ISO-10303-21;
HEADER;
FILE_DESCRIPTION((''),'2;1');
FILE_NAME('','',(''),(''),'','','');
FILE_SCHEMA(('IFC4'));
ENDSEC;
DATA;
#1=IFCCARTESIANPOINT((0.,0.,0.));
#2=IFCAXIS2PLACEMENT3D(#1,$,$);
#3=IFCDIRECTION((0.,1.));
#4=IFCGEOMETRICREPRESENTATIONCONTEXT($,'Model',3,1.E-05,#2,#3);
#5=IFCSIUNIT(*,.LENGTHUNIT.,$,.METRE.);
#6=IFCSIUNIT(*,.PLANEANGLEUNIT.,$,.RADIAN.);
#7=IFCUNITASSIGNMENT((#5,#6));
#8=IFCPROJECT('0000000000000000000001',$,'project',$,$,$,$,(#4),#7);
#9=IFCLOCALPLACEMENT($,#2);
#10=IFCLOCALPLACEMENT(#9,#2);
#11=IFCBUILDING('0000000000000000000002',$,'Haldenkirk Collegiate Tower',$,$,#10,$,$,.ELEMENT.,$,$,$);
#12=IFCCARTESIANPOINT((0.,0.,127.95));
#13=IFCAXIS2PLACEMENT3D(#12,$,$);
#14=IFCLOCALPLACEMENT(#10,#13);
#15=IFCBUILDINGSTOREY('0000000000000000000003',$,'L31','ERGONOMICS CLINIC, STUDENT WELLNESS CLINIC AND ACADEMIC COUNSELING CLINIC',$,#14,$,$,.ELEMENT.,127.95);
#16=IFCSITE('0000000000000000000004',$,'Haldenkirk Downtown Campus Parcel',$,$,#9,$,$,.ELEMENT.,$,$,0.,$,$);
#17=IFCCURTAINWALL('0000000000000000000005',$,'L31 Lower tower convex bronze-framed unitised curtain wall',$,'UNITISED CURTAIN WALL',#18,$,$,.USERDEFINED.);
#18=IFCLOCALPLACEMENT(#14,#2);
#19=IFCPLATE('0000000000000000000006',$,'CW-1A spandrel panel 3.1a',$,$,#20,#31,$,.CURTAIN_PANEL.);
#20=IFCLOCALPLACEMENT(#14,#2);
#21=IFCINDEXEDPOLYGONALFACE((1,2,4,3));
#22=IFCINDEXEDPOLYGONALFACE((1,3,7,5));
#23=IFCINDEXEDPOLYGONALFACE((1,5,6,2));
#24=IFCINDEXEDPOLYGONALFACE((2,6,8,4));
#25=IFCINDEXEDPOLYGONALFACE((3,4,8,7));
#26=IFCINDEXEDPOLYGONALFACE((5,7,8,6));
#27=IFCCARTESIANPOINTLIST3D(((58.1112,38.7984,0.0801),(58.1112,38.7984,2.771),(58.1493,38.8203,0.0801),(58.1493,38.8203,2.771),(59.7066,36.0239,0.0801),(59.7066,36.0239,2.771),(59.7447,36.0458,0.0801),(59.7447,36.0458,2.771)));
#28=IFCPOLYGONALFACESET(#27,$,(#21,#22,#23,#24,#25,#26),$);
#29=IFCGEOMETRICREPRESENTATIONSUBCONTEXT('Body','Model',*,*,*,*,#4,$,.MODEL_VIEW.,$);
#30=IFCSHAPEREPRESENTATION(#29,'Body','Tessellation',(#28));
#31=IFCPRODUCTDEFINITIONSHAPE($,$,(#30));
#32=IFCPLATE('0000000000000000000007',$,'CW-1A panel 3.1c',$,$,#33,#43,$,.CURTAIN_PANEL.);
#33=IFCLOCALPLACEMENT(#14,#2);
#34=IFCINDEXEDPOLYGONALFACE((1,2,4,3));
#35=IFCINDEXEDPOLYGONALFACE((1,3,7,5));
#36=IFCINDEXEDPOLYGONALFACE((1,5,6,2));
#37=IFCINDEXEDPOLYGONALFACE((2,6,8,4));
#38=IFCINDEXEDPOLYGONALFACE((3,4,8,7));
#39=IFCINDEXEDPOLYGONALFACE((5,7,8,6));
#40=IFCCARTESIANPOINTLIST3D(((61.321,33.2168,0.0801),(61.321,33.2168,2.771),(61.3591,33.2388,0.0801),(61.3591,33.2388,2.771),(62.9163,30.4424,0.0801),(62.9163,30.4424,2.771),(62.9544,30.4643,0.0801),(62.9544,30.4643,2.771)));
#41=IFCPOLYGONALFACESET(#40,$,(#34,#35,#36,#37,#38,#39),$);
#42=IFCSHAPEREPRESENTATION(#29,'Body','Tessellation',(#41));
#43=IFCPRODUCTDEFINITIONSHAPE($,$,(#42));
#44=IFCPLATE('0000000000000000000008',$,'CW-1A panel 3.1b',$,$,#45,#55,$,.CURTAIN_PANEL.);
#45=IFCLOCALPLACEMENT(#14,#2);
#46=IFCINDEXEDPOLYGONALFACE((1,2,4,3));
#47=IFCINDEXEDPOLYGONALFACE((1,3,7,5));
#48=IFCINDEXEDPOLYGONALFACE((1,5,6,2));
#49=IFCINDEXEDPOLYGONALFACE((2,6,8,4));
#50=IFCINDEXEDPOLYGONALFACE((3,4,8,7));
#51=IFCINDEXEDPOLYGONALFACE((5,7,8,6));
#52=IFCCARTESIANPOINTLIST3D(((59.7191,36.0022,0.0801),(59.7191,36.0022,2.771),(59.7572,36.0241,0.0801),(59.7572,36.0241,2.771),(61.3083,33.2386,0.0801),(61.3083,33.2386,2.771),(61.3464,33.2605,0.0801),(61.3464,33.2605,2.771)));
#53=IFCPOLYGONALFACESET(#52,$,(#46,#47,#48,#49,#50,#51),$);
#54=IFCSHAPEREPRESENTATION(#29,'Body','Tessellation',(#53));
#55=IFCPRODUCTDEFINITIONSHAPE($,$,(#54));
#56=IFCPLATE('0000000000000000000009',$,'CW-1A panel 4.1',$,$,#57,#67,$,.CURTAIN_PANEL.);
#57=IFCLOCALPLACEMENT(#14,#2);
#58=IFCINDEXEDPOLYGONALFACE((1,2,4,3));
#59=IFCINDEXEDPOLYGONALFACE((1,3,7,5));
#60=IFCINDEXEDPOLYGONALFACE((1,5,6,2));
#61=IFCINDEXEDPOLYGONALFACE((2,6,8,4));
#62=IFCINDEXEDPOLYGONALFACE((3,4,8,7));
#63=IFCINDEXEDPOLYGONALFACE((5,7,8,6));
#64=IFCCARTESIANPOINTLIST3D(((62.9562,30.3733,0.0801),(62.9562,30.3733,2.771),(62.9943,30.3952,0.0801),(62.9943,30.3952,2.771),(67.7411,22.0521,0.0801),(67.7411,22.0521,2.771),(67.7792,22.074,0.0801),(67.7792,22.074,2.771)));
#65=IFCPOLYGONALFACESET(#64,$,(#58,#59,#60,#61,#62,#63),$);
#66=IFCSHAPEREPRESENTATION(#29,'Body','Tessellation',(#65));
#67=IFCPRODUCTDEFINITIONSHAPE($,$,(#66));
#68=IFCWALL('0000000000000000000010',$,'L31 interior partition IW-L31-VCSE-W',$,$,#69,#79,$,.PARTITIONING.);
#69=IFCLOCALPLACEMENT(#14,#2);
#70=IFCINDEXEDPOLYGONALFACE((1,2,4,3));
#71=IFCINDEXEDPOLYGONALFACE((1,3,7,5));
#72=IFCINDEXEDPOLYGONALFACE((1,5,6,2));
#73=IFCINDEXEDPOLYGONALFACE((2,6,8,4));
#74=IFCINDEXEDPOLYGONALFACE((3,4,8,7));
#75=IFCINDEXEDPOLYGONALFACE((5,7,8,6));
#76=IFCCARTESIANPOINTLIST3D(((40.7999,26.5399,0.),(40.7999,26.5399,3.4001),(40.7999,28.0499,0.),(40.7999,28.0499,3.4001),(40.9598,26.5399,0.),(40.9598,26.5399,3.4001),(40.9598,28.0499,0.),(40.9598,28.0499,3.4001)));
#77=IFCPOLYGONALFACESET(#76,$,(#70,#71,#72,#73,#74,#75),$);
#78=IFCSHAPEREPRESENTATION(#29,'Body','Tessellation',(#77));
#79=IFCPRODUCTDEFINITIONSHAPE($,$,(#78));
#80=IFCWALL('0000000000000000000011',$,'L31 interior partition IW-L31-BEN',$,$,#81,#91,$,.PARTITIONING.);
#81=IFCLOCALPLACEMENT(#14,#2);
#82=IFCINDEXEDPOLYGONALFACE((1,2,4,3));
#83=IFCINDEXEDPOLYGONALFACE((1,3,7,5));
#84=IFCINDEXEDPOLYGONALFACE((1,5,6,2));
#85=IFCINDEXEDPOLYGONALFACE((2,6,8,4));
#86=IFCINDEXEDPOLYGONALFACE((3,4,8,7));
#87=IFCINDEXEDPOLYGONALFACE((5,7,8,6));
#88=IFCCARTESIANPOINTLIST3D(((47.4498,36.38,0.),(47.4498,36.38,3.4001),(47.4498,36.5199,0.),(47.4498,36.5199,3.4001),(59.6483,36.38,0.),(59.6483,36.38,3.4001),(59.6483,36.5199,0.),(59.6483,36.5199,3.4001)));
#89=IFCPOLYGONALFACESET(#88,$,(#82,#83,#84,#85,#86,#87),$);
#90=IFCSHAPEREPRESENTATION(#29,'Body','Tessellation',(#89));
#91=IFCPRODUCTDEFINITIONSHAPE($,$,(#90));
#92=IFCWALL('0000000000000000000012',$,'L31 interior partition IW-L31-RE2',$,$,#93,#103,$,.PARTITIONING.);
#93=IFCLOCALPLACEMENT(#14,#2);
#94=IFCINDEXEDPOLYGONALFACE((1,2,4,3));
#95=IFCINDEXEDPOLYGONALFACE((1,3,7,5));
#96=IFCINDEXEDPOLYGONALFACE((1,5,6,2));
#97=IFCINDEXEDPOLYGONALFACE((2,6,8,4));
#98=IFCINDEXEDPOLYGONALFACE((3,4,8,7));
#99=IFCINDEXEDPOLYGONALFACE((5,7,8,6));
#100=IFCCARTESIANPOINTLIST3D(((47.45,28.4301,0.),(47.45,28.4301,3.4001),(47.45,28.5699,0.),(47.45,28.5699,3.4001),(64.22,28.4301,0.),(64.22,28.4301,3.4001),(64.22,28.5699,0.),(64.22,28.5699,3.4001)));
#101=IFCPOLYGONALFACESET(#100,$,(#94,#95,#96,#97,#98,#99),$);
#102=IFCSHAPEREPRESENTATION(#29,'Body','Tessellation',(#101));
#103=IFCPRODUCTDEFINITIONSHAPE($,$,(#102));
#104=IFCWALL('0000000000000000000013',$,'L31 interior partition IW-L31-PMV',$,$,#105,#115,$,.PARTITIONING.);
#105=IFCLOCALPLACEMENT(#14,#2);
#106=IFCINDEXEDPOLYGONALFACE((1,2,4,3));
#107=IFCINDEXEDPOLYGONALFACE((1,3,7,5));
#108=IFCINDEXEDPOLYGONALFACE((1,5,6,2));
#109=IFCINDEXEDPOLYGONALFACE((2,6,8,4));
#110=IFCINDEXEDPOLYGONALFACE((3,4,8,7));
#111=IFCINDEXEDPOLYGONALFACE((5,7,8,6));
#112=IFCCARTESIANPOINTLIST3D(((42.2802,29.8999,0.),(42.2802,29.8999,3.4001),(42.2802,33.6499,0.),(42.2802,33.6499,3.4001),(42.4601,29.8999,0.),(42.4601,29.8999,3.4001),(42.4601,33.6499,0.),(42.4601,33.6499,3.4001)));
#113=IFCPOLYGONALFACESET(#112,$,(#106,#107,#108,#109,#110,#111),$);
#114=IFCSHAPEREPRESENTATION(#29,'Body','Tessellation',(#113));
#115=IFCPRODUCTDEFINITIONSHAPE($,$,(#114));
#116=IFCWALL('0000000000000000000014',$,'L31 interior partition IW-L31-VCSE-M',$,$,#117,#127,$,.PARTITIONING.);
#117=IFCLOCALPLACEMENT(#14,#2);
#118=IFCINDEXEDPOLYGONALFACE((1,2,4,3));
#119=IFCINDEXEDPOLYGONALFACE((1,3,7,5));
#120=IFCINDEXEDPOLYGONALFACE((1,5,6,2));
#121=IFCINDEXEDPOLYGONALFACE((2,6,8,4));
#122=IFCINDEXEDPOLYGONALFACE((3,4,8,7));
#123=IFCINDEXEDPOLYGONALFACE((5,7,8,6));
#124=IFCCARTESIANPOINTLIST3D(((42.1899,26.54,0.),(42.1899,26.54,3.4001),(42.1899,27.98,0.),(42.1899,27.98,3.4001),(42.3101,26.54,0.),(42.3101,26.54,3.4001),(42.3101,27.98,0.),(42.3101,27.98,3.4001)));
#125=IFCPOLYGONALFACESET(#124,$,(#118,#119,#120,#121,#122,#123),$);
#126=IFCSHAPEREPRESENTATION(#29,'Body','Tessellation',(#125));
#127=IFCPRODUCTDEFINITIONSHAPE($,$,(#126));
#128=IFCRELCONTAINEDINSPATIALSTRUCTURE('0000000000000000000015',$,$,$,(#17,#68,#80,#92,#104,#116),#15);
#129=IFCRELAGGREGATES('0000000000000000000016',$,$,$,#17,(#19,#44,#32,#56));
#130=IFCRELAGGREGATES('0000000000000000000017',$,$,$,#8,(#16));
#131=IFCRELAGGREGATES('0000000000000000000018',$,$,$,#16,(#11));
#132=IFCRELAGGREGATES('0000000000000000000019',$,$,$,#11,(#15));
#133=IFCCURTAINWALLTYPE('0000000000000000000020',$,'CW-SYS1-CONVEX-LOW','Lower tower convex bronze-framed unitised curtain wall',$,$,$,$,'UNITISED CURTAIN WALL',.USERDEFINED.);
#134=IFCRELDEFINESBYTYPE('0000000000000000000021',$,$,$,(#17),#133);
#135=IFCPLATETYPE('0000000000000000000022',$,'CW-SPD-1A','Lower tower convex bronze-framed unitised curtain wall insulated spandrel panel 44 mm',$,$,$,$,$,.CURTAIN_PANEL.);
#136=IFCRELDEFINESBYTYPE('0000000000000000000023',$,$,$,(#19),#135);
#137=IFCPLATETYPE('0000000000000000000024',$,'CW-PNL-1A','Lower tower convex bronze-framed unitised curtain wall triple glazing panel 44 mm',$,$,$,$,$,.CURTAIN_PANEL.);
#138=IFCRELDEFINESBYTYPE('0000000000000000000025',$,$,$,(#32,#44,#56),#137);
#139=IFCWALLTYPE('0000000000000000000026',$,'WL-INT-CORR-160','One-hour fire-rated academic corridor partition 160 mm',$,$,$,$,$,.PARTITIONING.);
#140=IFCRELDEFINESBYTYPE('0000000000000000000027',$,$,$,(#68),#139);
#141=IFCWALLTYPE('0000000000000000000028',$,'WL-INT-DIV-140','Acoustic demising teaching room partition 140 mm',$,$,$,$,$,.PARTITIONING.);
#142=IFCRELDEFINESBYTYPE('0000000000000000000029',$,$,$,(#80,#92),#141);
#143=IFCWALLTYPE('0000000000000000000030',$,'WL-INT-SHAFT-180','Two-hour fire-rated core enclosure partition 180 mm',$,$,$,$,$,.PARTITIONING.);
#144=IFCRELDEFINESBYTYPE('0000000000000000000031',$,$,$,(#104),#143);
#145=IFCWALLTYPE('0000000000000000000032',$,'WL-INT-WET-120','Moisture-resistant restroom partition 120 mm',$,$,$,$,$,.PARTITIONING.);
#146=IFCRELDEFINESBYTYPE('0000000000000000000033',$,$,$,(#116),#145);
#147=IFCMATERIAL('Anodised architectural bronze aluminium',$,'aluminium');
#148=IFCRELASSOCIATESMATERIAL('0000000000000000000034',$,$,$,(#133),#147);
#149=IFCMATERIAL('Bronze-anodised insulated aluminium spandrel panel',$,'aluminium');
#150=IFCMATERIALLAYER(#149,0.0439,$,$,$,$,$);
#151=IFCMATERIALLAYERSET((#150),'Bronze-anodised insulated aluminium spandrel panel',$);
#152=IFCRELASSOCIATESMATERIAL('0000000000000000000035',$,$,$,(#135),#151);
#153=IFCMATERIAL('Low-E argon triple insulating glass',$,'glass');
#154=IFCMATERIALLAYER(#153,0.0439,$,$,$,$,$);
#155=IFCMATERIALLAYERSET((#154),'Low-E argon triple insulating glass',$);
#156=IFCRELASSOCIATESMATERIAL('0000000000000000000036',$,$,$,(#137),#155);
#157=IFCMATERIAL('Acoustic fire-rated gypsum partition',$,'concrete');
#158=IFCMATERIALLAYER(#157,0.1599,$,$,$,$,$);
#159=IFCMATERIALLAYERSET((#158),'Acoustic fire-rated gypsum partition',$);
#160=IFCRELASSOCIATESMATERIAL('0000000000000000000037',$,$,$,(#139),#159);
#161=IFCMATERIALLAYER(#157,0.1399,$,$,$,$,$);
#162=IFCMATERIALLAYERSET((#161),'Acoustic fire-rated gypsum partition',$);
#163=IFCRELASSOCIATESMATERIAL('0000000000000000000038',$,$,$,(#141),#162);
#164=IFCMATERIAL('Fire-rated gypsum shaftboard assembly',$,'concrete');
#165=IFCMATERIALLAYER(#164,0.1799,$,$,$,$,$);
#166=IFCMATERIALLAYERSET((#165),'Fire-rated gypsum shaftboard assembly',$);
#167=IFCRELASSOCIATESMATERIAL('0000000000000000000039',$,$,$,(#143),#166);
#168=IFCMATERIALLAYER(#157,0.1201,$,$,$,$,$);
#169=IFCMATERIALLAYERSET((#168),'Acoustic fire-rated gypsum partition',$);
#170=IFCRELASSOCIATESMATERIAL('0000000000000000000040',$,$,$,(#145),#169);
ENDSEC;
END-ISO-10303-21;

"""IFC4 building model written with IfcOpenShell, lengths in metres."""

from ifc_helpers import new_model, si_unit, direction, frame, frame_2d, origin, origin_2d, place, context, subcontext, project, spatial, rectangle, extrude, source, transform, mapped, material, layer, layer_set, type_object, element, aggregate, save


model = new_model("IFC4")

# Units and contexts
model_context = context("Model", 3, precision=1e-05, world=origin(), true_north=direction((0.0, 1.0)))
body_context = subcontext(model_context, "Body", "Model", "MODEL_VIEW")
ifc_project = project(units=[si_unit("LENGTHUNIT", "METRE"), si_unit("PLANEANGLEUNIT", "RADIAN")], contexts=[model_context])

# Site, building, storey
site_placement = place(None, origin())
site = spatial("IfcSite", under=ifc_project, at=site_placement, Name="Haldenkirk Downtown Campus Parcel", CompositionType="ELEMENT", RefElevation=0.0)
building_placement = place(site_placement, origin())
building = spatial("IfcBuilding", under=site, at=building_placement, Name="Haldenkirk Collegiate Tower", CompositionType="ELEMENT")
storey_placement = place(building_placement, frame((0.0, 0.0, 127.95)))
storey = spatial("IfcBuildingStorey", under=building, at=storey_placement, Name="L31", Description="ERGONOMICS CLINIC, STUDENT WELLNESS CLINIC AND ACADEMIC COUNSELING CLINIC", CompositionType="ELEMENT", Elevation=127.95)

# Curtain wall
ifc_material_1 = material(Name="Anodised architectural bronze aluminium", Category="aluminium")
curtain_wall_type = type_object("IfcCurtainWallType", Name="CW-SYS1-CONVEX-LOW", Description="Lower tower convex bronze-framed unitised curtain wall", ElementType="UNITISED CURTAIN WALL", PredefinedType="USERDEFINED", material=ifc_material_1)
curtain_wall_placement = place(storey_placement, origin())
curtain_wall = element("IfcCurtainWall", 1, at=curtain_wall_placement, inside=storey, type_object=curtain_wall_type, Name="L31 Lower tower convex bronze-framed unitised curtain wall", ObjectType="UNITISED CURTAIN WALL", PredefinedType="USERDEFINED")

# Plates
ifc_material_2 = material(Name="Bronze-anodised insulated aluminium spandrel panel", Category="aluminium")
ifc_layer_1 = layer(ifc_material_2, 0.0439)
ifc_layer_set_1 = layer_set([ifc_layer_1], Name="Bronze-anodised insulated aluminium spandrel panel")
plate_type_1 = type_object("IfcPlateType", Name="CW-SPD-1A", Description="Lower tower convex bronze-framed unitised curtain wall insulated spandrel panel 44 mm", PredefinedType="CURTAIN_PANEL", material=ifc_layer_set_1)
shared_shape_1 = source(origin(), body_context, "Body", "SweptSolid", [
    extrude(rectangle(XDim=3.2004, YDim=0.0439, at=origin_2d()), origin(), (0.0, 0.0, 1.0), 2.6909),
])
plate_1_placement = place(storey_placement, frame((58.928, 37.4221, 0.0801), z_axis=(0.0, 0.0, 1.0), x_axis=(0.49849, -0.866896, 0.0)))
plate_1 = element("IfcPlate", 2, at=plate_1_placement, type_object=plate_type_1, Name="CW-1A spandrel panel 3.1a", PredefinedType="CURTAIN_PANEL", context=body_context, shape_type="MappedRepresentation", body=[
    mapped(shared_shape_1, transform((0.0, 0.0, 0.0), x_axis=(1.0, 0.0, 0.0), y_axis=(0.0, 1.0, 0.0), z_axis=(0.0, 0.0, 1.0), scale=1.0)),
])
ifc_material_3 = material(Name="Low-E argon triple insulating glass", Category="glass")
ifc_layer_2 = layer(ifc_material_3, 0.0439)
ifc_layer_set_2 = layer_set([ifc_layer_2], Name="Low-E argon triple insulating glass")
plate_type_2 = type_object("IfcPlateType", Name="CW-PNL-1A", Description="Lower tower convex bronze-framed unitised curtain wall triple glazing panel 44 mm", PredefinedType="CURTAIN_PANEL", material=ifc_layer_set_2)
plate_2_placement = place(storey_placement, frame((62.1377, 31.8406, 0.0801), z_axis=(0.0, 0.0, 1.0), x_axis=(0.49849, -0.866896, 0.0)))
plate_2 = element("IfcPlate", 3, at=plate_2_placement, type_object=plate_type_2, Name="CW-1A panel 3.1c", PredefinedType="CURTAIN_PANEL", context=body_context, shape_type="MappedRepresentation", body=[
    mapped(shared_shape_1, transform((0.0, 0.0, 0.0), x_axis=(1.0, 0.0, 0.0), y_axis=(0.0, 1.0, 0.0), z_axis=(0.0, 0.0, 1.0), scale=1.0)),
])
shared_shape_2 = source(origin(), body_context, "Body", "SweptSolid", [
    extrude(rectangle(XDim=3.188, YDim=0.0439, at=origin_2d()), origin(), (0.0, 0.0, 1.0), 2.6909),
])
plate_3_placement = place(storey_placement, frame((60.5327, 34.6313, 0.0801), z_axis=(0.0, 0.0, 1.0), x_axis=(0.49849, -0.866896, 0.0)))
plate_3 = element("IfcPlate", 4, at=plate_3_placement, type_object=plate_type_2, Name="CW-1A panel 3.1b", PredefinedType="CURTAIN_PANEL", context=body_context, shape_type="MappedRepresentation", body=[
    mapped(shared_shape_2, transform((0.0, 0.0, 0.0), x_axis=(1.0, 0.0, 0.0), y_axis=(0.0, 1.0, 0.0), z_axis=(0.0, 0.0, 1.0), scale=1.0)),
])
shared_shape_3 = source(origin(), body_context, "Body", "SweptSolid", [
    extrude(rectangle(XDim=9.5989, YDim=0.0439, at=origin_2d()), origin(), (0.0, 0.0, 1.0), 2.6909),
])
plate_4_placement = place(storey_placement, frame((65.3677, 26.2236, 0.0801), z_axis=(0.0, 0.0, 1.0), x_axis=(0.49849, -0.866896, 0.0)))
plate_4 = element("IfcPlate", 5, at=plate_4_placement, type_object=plate_type_2, Name="CW-1A panel 4.1", PredefinedType="CURTAIN_PANEL", context=body_context, shape_type="MappedRepresentation", body=[
    mapped(shared_shape_3, transform((0.0, 0.0, 0.0), x_axis=(1.0, 0.0, 0.0), y_axis=(0.0, 1.0, 0.0), z_axis=(0.0, 0.0, 1.0), scale=1.0)),
])
aggregate(curtain_wall, [plate_1, plate_3, plate_2, plate_4])

# Walls
ifc_material_4 = material(Name="Acoustic fire-rated gypsum partition", Category="concrete")
ifc_layer_3 = layer(ifc_material_4, 0.1599)
ifc_layer_set_3 = layer_set([ifc_layer_3], Name="Acoustic fire-rated gypsum partition")
wall_type_1 = type_object("IfcWallType", Name="WL-INT-CORR-160", Description="One-hour fire-rated academic corridor partition 160 mm", PredefinedType="PARTITIONING", material=ifc_layer_set_3)
wall_1_placement = place(storey_placement, frame((40.8799, 26.54, 0.0), z_axis=(0.0, 0.0, 1.0), x_axis=(0.0, 1.0, 0.0)))
element("IfcWall", 6, at=wall_1_placement, inside=storey, type_object=wall_type_1, Name="L31 interior partition IW-L31-VCSE-W", PredefinedType="PARTITIONING", context=body_context, shape_type="SweptSolid", body=[
    extrude(rectangle(XDim=1.51, YDim=0.1599, at=frame_2d((0.7549, 0.0))), origin(), (0.0, 0.0, 1.0), 3.4001),
])
ifc_layer_4 = layer(ifc_material_4, 0.1399)
ifc_layer_set_4 = layer_set([ifc_layer_4], Name="Acoustic fire-rated gypsum partition")
wall_type_2 = type_object("IfcWallType", Name="WL-INT-DIV-140", Description="Acoustic demising teaching room partition 140 mm", PredefinedType="PARTITIONING", material=ifc_layer_set_4)
wall_2_placement = place(storey_placement, frame((47.45, 36.45, 0.0), z_axis=(0.0, 0.0, 1.0), x_axis=(1.0, 0.0, 0.0)))
element("IfcWall", 7, at=wall_2_placement, inside=storey, type_object=wall_type_2, Name="L31 interior partition IW-L31-BEN", PredefinedType="PARTITIONING", context=body_context, shape_type="SweptSolid", body=[
    extrude(rectangle(XDim=12.1985, YDim=0.1399, at=frame_2d((6.0991, 0.0))), origin(), (0.0, 0.0, 1.0), 3.4001),
])
wall_3_placement = place(storey_placement, frame((47.45, 28.5, 0.0), z_axis=(0.0, 0.0, 1.0), x_axis=(1.0, 0.0, 0.0)))
element("IfcWall", 8, at=wall_3_placement, inside=storey, type_object=wall_type_2, Name="L31 interior partition IW-L31-RE2", PredefinedType="PARTITIONING", context=body_context, shape_type="SweptSolid", body=[
    extrude(rectangle(XDim=16.77, YDim=0.1399, at=frame_2d((8.385, 0.0))), origin(), (0.0, 0.0, 1.0), 3.4001),
])
ifc_material_5 = material(Name="Fire-rated gypsum shaftboard assembly", Category="concrete")
ifc_layer_5 = layer(ifc_material_5, 0.1799)
ifc_layer_set_5 = layer_set([ifc_layer_5], Name="Fire-rated gypsum shaftboard assembly")
wall_type_3 = type_object("IfcWallType", Name="WL-INT-SHAFT-180", Description="Two-hour fire-rated core enclosure partition 180 mm", PredefinedType="PARTITIONING", material=ifc_layer_set_5)
wall_4_placement = place(storey_placement, frame((42.3701, 29.8999, 0.0), z_axis=(0.0, 0.0, 1.0), x_axis=(0.0, 1.0, 0.0)))
element("IfcWall", 9, at=wall_4_placement, inside=storey, type_object=wall_type_3, Name="L31 interior partition IW-L31-PMV", PredefinedType="PARTITIONING", context=body_context, shape_type="SweptSolid", body=[
    extrude(rectangle(XDim=3.75, YDim=0.1799, at=frame_2d((1.875, 0.0))), origin(), (0.0, 0.0, 1.0), 3.4001),
])
ifc_layer_6 = layer(ifc_material_4, 0.1201)
ifc_layer_set_6 = layer_set([ifc_layer_6], Name="Acoustic fire-rated gypsum partition")
wall_type_4 = type_object("IfcWallType", Name="WL-INT-WET-120", Description="Moisture-resistant restroom partition 120 mm", PredefinedType="PARTITIONING", material=ifc_layer_set_6)
wall_5_placement = place(storey_placement, frame((42.25, 26.54, 0.0), z_axis=(0.0, 0.0, 1.0), x_axis=(0.0, 1.0, 0.0)))
element("IfcWall", 10, at=wall_5_placement, inside=storey, type_object=wall_type_4, Name="L31 interior partition IW-L31-VCSE-M", PredefinedType="PARTITIONING", context=body_context, shape_type="SweptSolid", body=[
    extrude(rectangle(XDim=1.4399, YDim=0.1201, at=frame_2d((0.72, 0.0))), origin(), (0.0, 0.0, 1.0), 3.4001),
])

save(model, "model.ifc")
